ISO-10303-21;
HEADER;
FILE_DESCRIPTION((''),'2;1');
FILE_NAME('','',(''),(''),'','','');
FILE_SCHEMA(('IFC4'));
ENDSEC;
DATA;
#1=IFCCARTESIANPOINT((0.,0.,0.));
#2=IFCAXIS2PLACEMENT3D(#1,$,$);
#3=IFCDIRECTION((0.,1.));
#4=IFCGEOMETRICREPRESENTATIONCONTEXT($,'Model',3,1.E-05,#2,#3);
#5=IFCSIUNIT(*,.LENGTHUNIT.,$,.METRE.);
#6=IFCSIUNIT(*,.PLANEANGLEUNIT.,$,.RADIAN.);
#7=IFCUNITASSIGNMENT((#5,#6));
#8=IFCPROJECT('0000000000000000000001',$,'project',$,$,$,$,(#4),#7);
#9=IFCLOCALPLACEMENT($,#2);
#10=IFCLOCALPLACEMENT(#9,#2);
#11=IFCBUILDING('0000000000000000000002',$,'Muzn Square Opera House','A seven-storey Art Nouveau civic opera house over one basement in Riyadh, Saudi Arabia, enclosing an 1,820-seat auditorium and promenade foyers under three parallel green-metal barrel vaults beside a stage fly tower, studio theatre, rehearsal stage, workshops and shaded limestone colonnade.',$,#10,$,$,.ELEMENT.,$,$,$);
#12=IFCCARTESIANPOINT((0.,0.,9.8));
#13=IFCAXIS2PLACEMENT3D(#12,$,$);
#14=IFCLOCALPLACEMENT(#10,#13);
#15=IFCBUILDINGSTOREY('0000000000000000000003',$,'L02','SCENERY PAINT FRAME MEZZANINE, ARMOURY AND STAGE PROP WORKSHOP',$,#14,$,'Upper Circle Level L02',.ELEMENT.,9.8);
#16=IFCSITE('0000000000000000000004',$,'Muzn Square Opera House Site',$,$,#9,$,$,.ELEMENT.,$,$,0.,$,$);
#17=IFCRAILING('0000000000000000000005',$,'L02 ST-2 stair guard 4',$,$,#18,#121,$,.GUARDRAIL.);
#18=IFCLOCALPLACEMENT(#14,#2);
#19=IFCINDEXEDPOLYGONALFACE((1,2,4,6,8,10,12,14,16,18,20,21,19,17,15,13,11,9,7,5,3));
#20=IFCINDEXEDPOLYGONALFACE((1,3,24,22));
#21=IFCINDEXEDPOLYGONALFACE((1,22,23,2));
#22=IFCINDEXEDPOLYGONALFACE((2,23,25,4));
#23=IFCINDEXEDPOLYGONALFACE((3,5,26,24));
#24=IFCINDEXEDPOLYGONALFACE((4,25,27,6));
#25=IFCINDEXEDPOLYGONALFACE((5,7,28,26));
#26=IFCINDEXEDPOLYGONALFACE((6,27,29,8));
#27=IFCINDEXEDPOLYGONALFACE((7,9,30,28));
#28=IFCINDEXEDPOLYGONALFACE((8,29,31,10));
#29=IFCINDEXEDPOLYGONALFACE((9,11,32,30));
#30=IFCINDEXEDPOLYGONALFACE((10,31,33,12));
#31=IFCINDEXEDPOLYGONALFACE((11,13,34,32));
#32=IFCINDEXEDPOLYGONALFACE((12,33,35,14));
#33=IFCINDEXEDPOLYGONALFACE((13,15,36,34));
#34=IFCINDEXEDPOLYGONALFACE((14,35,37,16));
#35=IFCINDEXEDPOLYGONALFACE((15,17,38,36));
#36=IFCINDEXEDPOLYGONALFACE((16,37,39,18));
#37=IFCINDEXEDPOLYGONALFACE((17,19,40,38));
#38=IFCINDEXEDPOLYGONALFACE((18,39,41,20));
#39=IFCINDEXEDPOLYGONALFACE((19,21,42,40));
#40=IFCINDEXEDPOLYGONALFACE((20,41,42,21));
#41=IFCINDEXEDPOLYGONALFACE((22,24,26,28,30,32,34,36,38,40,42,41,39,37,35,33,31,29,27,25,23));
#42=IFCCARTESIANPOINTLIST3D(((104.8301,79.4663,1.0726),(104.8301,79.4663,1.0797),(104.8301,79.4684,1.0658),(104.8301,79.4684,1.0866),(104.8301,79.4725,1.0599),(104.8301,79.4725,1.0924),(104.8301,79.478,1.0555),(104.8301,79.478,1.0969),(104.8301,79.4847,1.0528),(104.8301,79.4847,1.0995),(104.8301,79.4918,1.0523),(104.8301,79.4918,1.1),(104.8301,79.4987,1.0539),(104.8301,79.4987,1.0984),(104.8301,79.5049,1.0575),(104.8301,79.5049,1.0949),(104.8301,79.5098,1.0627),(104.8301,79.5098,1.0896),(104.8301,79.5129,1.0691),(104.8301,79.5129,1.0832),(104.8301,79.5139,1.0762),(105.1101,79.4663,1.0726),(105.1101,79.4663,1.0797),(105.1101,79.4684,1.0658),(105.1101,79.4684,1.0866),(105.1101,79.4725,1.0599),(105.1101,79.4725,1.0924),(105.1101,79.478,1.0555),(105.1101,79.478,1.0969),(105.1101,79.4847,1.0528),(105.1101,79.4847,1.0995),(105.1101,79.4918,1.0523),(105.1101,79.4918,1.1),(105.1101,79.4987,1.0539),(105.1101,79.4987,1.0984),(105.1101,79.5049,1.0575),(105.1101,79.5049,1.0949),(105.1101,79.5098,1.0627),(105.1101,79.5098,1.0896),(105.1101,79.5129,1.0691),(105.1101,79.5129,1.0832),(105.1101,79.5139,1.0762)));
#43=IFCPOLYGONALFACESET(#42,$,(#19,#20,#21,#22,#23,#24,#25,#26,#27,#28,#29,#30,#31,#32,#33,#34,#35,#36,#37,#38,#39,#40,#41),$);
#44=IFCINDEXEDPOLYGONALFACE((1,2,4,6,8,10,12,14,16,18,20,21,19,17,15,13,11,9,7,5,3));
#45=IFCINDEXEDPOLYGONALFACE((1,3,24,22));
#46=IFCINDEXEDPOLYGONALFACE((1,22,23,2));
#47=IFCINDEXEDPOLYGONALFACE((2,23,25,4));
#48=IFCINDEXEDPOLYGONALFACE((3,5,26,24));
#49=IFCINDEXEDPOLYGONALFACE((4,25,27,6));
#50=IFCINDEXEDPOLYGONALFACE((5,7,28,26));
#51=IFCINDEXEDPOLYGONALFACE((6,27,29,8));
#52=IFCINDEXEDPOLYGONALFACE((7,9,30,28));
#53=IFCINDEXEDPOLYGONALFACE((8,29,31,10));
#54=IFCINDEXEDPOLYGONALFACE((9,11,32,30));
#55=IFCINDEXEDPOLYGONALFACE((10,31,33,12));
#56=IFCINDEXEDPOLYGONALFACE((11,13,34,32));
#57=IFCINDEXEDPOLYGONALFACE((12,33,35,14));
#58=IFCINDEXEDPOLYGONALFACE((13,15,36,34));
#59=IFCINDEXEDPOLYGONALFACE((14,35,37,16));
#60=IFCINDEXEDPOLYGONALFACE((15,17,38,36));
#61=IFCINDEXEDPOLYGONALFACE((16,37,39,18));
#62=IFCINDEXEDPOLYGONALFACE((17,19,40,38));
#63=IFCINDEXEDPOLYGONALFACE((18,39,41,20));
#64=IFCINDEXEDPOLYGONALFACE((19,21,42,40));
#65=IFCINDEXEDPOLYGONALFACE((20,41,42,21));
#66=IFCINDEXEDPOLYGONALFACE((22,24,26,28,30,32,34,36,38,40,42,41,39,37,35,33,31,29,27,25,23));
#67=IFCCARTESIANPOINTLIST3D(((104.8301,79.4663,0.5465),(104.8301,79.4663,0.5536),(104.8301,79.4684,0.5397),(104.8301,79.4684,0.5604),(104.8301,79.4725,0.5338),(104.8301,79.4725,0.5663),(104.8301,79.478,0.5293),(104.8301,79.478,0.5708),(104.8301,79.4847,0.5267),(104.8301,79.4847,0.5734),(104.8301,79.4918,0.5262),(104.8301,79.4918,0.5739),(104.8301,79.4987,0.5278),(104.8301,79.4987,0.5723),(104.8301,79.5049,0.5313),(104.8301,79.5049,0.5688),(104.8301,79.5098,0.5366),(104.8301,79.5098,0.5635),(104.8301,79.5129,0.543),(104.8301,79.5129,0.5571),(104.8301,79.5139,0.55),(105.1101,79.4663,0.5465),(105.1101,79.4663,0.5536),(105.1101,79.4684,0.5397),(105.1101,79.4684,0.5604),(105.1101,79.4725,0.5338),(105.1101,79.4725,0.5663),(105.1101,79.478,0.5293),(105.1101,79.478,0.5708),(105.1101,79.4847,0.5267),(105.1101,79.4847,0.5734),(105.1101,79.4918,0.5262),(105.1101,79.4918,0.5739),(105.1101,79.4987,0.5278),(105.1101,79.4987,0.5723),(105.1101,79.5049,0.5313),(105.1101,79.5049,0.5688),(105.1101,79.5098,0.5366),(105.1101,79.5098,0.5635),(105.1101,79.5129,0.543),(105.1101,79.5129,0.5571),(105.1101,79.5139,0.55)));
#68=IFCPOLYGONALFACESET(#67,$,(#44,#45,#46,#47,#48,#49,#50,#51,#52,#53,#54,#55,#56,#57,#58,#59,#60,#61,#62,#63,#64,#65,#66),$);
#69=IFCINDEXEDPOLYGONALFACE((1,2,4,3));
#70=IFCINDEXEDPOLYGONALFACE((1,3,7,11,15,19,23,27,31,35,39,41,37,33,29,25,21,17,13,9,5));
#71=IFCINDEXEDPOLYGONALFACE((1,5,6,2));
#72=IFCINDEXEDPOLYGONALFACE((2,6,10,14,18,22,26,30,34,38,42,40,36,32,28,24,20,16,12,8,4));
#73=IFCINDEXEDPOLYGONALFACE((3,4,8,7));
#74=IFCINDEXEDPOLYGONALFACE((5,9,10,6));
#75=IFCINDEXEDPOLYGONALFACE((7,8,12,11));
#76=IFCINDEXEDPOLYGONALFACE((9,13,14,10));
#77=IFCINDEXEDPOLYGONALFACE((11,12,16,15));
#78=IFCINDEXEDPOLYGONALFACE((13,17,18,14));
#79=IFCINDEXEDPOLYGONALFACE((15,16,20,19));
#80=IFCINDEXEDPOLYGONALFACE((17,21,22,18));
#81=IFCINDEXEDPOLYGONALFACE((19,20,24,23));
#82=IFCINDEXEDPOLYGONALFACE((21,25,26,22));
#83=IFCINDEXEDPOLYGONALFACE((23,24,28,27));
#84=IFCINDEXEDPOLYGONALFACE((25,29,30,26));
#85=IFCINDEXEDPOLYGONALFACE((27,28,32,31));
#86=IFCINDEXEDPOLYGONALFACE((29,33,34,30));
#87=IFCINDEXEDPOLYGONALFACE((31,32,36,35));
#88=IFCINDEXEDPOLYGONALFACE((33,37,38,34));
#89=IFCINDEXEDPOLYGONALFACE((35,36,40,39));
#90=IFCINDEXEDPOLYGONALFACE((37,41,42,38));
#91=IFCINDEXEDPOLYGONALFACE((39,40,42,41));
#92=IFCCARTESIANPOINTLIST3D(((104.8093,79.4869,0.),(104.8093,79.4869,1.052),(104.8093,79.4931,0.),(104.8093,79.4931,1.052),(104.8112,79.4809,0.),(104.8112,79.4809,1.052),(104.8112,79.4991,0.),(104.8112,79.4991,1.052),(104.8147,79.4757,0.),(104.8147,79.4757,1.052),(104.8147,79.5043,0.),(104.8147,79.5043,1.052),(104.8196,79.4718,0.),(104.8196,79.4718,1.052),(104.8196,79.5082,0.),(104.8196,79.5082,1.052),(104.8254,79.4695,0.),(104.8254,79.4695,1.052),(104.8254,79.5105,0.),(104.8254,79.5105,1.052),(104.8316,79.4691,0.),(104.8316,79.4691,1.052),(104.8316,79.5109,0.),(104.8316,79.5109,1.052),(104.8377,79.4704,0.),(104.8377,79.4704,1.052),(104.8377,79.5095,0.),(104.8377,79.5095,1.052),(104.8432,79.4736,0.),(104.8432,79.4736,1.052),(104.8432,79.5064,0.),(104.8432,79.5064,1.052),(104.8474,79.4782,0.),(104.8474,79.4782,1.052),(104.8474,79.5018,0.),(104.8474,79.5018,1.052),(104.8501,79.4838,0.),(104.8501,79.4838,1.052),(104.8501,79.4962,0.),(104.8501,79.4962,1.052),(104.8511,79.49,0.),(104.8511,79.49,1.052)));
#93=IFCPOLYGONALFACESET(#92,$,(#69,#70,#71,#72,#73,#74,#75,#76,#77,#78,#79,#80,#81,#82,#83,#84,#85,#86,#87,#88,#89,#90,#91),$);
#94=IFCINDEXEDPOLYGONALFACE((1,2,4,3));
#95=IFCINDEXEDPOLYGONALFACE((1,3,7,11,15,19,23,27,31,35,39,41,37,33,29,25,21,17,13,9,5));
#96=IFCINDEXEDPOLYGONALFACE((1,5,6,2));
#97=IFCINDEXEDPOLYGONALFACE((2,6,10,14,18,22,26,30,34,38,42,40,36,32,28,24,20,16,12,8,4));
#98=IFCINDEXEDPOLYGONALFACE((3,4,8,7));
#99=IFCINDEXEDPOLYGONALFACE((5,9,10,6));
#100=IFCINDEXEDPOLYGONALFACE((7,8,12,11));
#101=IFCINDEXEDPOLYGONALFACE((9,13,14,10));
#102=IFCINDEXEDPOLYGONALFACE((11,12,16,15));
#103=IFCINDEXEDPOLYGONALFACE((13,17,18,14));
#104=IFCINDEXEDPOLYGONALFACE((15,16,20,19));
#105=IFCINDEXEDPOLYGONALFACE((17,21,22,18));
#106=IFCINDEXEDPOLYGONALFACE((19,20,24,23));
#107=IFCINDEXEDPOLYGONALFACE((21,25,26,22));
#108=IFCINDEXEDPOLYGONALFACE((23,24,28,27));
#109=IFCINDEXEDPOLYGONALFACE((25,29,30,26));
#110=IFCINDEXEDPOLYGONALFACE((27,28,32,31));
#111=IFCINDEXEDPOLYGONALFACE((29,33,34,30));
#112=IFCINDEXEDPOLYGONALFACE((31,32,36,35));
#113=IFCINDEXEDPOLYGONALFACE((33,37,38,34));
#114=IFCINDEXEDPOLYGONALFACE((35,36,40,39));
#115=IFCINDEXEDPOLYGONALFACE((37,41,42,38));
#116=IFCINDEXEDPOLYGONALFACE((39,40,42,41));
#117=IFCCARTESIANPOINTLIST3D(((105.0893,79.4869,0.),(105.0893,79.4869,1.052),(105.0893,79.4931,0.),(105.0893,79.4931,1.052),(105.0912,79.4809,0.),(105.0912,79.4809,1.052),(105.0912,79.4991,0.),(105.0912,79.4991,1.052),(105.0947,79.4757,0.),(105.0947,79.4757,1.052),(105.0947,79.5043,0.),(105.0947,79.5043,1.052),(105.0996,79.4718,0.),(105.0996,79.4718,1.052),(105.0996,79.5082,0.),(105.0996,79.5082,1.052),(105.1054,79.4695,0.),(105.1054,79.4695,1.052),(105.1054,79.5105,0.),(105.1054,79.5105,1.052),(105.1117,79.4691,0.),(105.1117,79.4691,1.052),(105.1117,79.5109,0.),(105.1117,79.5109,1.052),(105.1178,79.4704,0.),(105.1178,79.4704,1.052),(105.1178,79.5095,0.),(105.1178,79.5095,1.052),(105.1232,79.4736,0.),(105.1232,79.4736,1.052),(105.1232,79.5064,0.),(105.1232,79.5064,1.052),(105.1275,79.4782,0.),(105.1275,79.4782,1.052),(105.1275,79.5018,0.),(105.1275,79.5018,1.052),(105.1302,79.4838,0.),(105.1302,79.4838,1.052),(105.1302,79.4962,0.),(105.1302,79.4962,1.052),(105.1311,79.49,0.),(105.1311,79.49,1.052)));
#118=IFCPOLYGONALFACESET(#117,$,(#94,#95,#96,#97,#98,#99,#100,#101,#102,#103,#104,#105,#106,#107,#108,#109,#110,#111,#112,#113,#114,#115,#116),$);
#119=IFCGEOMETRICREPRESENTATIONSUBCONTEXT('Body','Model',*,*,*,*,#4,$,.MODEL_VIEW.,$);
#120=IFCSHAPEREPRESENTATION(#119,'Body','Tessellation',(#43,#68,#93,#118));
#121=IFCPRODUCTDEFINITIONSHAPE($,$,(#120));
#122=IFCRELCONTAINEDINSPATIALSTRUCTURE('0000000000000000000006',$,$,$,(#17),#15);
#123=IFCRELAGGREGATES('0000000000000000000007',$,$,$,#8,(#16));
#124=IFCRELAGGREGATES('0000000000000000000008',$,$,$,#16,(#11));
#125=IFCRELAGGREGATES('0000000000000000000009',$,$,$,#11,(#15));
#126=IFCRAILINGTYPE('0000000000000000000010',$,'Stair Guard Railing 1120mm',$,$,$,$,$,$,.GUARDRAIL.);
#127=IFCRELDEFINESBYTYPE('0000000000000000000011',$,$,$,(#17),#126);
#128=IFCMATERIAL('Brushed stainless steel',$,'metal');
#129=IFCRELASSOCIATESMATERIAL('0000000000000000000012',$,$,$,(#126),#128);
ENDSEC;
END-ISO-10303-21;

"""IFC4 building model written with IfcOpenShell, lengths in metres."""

from ifc_helpers import new_model, si_unit, direction, frame, origin, origin_2d, place, context, subcontext, project, spatial, circle, extrude, material, type_object, element, save


model = new_model("IFC4")

# Units and contexts
model_context = context("Model", 3, precision=1e-05, world=origin(), true_north=direction((0.0, 1.0)))
body_context = subcontext(model_context, "Body", "Model", "MODEL_VIEW")
ifc_project = project(units=[si_unit("LENGTHUNIT", "METRE"), si_unit("PLANEANGLEUNIT", "RADIAN")], contexts=[model_context])

# Site, building, storey
site_placement = place(None, origin())
site = spatial("IfcSite", under=ifc_project, at=site_placement, Name="Muzn Square Opera House Site", CompositionType="ELEMENT", RefElevation=0.0)
building_placement = place(site_placement, origin())
building = spatial("IfcBuilding", under=site, at=building_placement, Name="Muzn Square Opera House", Description="A seven-storey Art Nouveau civic opera house over one basement in Riyadh, Saudi Arabia, enclosing an 1,820-seat auditorium and promenade foyers under three parallel green-metal barrel vaults beside a stage fly tower, studio theatre, rehearsal stage, workshops and shaded limestone colonnade.", CompositionType="ELEMENT")
storey_placement = place(building_placement, frame((0.0, 0.0, 9.8)))
storey = spatial("IfcBuildingStorey", under=building, at=storey_placement, Name="L02", Description="SCENERY PAINT FRAME MEZZANINE, ARMOURY AND STAGE PROP WORKSHOP", LongName="Upper Circle Level L02", CompositionType="ELEMENT", Elevation=9.8)

# Railing
ifc_material_1 = material(Name="Brushed stainless steel", Category="metal")
railing_type_1 = type_object("IfcRailingType", Name="Stair Guard Railing 1120mm", PredefinedType="GUARDRAIL", material=ifc_material_1)
railing_1_placement = place(storey_placement, frame((104.8301, 79.49, 0.0)))
element("IfcRailing", 1, at=railing_1_placement, inside=storey, type_object=railing_type_1, Name="L02 ST-2 stair guard 4", PredefinedType="GUARDRAIL", context=body_context, shape_type="SweptSolid", body=[
    extrude(circle(Radius=0.0239, at=origin_2d()), frame((0.0, 0.0, 1.0762), z_axis=(1.0, 0.0, 0.0), x_axis=(0.0, 1.0, 0.0)), (0.0, 0.0, 1.0), 0.28),
    extrude(circle(Radius=0.0239, at=origin_2d()), frame((0.0, 0.0, 0.55), z_axis=(1.0, 0.0, 0.0), x_axis=(0.0, 1.0, 0.0)), (0.0, 0.0, 1.0), 0.28),
    extrude(circle(Radius=0.021, at=origin_2d()), origin(), (0.0, 0.0, 1.0), 1.052),
    extrude(circle(Radius=0.021, at=origin_2d()), frame((0.28, 0.0, 0.0)), (0.0, 0.0, 1.0), 1.052),
])

save(model, "model.ifc")
